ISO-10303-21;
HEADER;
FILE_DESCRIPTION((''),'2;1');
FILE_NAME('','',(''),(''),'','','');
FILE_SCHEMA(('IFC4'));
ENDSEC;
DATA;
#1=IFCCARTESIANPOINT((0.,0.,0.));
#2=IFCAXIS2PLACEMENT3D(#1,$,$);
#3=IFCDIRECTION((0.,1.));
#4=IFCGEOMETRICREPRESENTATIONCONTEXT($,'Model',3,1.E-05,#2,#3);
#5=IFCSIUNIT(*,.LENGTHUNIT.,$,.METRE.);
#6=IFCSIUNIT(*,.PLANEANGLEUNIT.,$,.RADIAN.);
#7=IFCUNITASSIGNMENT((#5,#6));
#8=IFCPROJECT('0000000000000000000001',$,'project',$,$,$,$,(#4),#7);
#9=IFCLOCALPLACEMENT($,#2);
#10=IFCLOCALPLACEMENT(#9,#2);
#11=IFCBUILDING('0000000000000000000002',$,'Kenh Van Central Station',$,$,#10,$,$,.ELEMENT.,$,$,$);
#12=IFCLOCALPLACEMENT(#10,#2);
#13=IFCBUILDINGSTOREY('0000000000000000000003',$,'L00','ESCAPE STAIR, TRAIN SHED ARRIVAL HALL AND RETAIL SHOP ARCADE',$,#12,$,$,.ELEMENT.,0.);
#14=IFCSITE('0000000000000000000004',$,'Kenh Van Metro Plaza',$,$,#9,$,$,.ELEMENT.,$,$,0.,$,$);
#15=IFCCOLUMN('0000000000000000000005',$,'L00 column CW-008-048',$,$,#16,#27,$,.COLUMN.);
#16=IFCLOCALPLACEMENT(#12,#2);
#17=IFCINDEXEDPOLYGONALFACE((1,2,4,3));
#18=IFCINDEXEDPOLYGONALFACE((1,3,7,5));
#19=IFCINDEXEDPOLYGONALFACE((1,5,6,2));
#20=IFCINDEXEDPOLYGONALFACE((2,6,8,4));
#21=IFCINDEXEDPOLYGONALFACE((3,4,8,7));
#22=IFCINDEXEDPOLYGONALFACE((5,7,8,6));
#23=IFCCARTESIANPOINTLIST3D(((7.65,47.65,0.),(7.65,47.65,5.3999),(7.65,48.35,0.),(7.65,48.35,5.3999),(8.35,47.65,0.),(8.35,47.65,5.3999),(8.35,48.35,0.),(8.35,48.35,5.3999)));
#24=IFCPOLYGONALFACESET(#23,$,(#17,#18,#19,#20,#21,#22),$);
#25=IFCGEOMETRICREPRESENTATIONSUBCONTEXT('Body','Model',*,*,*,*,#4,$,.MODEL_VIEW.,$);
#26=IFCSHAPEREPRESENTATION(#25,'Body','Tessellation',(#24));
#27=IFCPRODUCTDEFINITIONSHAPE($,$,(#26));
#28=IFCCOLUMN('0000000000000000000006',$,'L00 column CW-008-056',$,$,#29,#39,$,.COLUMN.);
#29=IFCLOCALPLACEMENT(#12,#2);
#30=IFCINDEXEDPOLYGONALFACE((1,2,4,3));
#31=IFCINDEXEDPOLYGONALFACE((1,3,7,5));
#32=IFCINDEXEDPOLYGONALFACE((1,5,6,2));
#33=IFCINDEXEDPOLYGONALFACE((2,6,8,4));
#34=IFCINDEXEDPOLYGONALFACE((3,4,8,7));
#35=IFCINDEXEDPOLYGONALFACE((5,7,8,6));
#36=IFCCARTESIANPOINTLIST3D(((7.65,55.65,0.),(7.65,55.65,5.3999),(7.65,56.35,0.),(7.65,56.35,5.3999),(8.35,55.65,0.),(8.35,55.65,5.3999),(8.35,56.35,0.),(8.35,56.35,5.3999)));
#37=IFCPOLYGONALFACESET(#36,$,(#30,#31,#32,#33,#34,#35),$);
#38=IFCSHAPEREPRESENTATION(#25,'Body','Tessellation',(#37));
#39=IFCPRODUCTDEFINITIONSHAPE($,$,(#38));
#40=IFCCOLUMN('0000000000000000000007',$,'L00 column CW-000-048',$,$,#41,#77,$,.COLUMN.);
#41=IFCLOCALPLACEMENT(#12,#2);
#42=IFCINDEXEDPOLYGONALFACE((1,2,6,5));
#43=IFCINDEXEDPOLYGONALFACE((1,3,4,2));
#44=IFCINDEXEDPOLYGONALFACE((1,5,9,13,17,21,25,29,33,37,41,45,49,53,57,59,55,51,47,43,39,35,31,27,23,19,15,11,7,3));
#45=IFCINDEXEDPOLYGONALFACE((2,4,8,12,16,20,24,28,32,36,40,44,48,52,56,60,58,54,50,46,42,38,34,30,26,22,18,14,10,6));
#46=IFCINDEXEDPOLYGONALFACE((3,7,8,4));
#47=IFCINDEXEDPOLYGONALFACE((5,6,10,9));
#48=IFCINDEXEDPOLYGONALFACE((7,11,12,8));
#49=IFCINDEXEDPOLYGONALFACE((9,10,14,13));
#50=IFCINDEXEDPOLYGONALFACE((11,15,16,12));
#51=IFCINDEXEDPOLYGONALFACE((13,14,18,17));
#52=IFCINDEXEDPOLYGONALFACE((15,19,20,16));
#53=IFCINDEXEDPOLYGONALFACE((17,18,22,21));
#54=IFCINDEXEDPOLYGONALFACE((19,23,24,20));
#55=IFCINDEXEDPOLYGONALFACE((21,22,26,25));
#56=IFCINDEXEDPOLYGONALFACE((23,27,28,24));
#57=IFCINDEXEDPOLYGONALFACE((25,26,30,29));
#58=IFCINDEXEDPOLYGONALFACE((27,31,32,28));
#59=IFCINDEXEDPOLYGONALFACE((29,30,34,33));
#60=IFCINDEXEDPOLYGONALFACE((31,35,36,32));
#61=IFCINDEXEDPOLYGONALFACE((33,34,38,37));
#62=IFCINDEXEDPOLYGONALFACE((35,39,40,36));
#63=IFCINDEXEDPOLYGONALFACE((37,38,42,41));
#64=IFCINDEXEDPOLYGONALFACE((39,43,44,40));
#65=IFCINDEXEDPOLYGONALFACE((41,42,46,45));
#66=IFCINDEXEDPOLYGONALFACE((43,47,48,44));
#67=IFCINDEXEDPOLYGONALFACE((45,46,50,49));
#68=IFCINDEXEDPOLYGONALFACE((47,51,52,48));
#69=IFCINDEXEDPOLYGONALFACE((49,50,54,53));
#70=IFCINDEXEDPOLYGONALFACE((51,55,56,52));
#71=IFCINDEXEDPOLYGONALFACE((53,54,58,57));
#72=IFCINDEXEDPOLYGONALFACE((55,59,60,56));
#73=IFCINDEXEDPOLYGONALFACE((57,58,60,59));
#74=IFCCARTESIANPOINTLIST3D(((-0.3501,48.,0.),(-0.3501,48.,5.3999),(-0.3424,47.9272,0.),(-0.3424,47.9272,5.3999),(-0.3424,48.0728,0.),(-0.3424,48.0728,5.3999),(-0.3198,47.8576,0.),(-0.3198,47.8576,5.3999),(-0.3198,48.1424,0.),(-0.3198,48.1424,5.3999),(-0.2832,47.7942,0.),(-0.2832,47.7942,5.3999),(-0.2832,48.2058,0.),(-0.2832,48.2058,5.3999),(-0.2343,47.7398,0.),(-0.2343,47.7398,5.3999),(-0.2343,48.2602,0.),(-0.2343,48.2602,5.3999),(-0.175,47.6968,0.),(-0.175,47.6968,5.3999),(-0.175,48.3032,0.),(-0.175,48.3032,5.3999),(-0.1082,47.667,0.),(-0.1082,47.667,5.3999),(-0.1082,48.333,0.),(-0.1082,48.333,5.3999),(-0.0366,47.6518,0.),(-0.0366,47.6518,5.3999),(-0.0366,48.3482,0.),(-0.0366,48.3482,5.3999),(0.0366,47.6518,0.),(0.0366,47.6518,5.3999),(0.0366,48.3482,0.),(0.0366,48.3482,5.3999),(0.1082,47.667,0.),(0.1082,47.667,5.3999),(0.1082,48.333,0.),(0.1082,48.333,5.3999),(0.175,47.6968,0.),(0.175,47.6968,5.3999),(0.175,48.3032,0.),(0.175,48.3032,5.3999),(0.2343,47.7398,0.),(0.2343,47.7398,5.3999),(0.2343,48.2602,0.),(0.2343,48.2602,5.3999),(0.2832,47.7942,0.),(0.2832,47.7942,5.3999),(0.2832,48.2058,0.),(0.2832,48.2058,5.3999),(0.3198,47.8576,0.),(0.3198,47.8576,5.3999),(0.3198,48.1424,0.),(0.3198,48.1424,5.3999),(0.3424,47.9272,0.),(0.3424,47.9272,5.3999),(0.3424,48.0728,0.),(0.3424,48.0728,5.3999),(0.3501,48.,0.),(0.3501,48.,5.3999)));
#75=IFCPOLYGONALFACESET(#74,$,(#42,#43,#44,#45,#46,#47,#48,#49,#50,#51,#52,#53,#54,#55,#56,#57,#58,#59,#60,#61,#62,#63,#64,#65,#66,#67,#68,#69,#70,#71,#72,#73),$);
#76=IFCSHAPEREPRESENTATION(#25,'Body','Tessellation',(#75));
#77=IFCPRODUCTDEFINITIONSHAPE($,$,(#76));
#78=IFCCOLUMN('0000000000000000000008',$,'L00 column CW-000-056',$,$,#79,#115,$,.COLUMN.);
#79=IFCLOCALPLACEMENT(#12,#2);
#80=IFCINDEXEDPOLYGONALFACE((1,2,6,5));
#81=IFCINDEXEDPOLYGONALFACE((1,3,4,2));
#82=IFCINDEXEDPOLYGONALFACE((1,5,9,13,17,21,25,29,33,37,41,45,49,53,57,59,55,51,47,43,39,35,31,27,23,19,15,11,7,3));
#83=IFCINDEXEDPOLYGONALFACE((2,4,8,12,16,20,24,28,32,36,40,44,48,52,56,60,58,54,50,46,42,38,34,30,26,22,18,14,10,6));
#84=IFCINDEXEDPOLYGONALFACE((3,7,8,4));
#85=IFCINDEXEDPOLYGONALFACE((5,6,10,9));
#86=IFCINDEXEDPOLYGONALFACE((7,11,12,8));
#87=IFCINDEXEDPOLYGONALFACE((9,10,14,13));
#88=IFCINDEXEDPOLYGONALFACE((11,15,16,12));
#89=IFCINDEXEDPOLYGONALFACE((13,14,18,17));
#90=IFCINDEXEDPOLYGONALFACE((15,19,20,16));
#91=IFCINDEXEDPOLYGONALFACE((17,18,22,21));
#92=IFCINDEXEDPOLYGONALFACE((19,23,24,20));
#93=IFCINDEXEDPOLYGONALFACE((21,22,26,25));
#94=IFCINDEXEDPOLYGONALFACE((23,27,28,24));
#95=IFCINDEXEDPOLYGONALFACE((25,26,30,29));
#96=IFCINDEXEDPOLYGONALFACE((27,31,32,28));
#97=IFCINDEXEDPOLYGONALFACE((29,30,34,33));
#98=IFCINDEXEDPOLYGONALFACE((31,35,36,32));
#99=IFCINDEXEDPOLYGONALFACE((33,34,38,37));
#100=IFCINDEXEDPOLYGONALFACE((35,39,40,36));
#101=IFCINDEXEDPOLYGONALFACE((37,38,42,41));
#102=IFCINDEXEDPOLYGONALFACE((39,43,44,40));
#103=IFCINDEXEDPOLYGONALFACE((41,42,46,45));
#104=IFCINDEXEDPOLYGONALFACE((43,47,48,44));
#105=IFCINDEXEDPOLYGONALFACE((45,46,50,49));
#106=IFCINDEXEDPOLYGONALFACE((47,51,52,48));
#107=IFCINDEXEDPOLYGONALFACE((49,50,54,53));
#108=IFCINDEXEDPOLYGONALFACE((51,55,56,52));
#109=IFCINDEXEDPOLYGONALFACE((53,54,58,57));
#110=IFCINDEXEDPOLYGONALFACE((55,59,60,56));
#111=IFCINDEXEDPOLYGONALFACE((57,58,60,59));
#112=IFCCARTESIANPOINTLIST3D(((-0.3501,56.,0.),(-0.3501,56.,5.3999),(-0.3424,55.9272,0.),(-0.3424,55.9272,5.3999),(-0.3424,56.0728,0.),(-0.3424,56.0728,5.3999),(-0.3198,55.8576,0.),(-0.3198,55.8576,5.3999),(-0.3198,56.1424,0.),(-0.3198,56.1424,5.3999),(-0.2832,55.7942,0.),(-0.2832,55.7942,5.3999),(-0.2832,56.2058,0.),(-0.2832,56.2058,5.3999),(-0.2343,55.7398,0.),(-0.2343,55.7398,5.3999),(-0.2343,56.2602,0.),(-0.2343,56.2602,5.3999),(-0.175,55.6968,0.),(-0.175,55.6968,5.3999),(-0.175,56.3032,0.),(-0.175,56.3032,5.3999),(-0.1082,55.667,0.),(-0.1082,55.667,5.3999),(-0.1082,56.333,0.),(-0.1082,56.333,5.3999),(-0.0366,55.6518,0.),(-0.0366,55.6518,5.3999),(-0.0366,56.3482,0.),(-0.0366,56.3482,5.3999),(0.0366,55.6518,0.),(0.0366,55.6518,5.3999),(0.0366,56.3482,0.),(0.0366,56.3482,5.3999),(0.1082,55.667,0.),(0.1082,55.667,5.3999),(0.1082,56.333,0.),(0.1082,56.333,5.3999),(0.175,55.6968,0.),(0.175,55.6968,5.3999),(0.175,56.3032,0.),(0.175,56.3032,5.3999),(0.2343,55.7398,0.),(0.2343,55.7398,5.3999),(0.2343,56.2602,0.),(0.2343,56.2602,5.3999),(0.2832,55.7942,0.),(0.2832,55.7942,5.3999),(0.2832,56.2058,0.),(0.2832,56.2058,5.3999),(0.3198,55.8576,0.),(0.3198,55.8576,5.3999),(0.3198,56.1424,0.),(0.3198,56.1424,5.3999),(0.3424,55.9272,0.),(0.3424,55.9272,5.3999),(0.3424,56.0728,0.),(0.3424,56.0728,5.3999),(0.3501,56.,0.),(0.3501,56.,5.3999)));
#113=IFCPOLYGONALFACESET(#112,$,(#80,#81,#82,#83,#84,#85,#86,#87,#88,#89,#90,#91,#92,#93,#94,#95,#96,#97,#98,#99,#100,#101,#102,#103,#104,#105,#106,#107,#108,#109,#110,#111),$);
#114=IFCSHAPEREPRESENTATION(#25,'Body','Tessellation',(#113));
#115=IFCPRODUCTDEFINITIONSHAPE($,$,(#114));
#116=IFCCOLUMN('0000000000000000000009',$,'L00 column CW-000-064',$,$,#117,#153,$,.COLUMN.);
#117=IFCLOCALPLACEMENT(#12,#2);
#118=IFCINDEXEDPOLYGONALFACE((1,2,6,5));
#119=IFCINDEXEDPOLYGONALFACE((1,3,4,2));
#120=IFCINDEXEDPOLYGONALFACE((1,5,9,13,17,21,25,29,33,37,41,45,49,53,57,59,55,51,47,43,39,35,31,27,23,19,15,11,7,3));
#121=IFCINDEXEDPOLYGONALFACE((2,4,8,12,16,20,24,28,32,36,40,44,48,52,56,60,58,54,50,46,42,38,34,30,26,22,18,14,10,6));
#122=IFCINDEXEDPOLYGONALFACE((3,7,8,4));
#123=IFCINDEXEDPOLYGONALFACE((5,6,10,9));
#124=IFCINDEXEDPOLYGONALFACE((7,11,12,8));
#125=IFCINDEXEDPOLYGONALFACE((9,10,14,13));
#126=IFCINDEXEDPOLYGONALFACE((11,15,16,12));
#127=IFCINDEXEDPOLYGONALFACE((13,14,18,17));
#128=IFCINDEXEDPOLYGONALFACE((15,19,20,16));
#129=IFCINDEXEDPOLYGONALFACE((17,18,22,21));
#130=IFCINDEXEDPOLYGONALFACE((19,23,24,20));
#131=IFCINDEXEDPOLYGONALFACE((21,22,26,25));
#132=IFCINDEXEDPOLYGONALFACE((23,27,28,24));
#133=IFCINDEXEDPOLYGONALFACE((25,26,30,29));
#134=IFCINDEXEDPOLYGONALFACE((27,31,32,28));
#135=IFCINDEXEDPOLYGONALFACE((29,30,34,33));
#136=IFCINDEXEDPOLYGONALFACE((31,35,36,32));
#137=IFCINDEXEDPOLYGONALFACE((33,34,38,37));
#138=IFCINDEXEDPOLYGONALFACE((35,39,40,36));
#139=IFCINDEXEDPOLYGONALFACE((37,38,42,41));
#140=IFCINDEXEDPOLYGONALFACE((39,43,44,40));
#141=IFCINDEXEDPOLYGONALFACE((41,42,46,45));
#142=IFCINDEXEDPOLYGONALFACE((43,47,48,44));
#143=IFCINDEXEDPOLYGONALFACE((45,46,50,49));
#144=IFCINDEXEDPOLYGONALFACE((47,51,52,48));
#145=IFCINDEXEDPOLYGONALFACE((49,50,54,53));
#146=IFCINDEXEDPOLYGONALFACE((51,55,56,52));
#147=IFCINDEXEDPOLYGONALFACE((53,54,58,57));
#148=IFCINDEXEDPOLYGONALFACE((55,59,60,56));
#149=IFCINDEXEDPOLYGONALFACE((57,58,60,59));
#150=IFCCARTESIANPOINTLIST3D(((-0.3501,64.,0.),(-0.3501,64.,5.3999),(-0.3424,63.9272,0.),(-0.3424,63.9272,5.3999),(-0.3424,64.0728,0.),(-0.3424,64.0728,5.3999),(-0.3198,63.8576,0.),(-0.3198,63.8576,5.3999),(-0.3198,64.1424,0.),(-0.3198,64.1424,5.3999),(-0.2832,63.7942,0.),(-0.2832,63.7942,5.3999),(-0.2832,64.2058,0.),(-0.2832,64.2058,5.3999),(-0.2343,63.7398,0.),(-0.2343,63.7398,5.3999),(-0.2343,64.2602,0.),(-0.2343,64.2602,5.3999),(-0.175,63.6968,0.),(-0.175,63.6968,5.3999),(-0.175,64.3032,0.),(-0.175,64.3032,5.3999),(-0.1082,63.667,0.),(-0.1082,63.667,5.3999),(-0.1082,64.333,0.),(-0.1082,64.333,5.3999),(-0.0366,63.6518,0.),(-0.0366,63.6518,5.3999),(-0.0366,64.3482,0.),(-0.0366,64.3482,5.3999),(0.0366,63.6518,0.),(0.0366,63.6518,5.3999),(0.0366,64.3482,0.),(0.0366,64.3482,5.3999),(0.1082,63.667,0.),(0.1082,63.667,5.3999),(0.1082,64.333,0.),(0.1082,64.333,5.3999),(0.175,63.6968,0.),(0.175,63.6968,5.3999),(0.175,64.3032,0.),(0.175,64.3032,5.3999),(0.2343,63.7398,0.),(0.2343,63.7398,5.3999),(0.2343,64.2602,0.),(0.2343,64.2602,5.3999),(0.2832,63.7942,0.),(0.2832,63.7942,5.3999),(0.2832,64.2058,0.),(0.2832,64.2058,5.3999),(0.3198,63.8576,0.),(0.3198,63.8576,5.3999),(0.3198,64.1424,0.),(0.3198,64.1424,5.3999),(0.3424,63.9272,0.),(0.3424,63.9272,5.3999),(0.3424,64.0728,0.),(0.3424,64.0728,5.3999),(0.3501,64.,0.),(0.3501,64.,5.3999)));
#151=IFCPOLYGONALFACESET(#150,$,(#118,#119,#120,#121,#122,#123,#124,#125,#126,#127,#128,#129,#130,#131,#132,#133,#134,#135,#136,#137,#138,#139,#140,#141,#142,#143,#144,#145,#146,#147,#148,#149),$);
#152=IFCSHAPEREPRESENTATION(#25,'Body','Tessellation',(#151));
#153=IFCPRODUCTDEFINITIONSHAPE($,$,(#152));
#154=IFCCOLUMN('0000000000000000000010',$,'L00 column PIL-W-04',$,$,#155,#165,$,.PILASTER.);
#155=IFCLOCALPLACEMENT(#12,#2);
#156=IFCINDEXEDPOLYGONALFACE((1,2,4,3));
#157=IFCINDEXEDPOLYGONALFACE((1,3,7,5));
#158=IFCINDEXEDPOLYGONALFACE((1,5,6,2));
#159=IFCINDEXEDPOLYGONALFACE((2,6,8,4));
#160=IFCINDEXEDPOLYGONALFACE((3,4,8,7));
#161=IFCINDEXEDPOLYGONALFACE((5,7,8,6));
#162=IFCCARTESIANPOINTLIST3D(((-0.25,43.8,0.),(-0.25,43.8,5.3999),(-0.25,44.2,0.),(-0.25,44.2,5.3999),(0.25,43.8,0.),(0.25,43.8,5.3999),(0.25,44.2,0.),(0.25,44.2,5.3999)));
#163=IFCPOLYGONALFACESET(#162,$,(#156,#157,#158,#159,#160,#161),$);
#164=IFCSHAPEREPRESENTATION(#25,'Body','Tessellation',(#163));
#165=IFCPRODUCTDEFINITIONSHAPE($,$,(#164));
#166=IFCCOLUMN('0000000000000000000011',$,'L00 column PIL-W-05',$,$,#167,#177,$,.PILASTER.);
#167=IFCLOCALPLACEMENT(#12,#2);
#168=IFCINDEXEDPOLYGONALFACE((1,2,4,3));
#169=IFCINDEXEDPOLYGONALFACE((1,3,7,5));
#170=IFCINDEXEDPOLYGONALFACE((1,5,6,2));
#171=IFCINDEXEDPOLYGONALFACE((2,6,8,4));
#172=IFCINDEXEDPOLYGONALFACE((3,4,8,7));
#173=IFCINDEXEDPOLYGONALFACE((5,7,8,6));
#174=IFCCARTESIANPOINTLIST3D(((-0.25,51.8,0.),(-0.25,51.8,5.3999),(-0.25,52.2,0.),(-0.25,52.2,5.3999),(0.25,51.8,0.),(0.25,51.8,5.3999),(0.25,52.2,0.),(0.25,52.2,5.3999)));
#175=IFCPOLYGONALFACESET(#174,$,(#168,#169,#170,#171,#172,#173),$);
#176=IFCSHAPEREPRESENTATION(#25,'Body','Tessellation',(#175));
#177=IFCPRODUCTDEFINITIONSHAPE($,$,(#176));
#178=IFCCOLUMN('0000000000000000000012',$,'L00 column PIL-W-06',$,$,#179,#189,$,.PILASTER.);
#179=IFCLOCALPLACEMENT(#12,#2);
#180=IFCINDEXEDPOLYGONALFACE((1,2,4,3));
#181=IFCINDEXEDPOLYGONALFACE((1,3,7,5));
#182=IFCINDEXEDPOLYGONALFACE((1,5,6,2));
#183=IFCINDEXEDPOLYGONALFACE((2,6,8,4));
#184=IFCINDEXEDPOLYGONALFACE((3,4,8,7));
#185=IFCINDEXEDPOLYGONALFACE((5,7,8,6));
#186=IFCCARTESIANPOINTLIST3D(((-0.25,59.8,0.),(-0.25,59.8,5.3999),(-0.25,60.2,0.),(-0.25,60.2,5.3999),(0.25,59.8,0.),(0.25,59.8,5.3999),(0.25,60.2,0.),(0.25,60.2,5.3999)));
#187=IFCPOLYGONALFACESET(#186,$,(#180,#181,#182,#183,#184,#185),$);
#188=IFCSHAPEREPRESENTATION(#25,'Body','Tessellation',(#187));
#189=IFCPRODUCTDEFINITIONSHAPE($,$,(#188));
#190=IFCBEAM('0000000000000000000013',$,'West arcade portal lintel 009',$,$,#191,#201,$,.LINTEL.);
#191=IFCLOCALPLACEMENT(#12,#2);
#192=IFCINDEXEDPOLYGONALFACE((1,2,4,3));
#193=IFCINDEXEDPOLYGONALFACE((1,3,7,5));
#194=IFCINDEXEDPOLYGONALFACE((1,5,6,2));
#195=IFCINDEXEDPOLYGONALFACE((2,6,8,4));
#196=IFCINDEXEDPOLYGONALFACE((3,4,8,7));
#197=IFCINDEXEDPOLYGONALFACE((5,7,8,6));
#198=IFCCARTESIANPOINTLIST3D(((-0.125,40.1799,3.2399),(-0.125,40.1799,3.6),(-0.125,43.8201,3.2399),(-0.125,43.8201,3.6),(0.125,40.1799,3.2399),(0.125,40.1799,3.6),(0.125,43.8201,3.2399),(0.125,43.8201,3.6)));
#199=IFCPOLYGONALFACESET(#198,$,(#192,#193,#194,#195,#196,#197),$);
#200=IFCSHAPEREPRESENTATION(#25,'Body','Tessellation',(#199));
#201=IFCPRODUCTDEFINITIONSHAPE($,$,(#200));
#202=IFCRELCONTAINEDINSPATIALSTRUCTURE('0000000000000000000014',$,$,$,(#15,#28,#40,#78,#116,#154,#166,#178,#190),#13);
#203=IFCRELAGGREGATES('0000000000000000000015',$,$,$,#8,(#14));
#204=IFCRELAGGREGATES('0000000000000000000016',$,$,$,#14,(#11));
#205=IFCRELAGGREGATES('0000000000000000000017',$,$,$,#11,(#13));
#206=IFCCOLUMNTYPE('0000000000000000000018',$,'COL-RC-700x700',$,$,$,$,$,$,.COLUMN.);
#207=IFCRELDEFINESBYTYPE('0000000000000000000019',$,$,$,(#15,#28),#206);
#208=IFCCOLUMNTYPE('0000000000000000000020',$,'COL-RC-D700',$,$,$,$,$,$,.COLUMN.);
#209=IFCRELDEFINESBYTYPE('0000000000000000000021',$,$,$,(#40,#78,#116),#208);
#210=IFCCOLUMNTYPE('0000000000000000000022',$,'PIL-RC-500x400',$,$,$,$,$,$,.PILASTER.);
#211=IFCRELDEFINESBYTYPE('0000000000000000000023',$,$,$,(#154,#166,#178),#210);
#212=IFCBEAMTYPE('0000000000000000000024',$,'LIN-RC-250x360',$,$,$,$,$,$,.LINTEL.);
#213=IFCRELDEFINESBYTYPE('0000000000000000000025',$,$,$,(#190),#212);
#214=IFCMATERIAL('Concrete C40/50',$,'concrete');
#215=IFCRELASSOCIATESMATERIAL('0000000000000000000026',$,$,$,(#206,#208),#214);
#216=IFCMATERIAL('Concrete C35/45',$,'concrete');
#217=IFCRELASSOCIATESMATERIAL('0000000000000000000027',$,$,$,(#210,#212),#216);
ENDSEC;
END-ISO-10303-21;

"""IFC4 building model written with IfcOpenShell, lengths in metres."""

from ifc_helpers import new_model, si_unit, direction, frame, origin, origin_2d, place, context, subcontext, project, spatial, rectangle, circle, extrude, material, material_profile, profile_set, type_object, element, save


model = new_model("IFC4")

# Units and contexts
model_context = context("Model", 3, precision=1e-05, world=origin(), true_north=direction((0.0, 1.0)))
body_context = subcontext(model_context, "Body", "Model", "MODEL_VIEW")
ifc_project = project(units=[si_unit("LENGTHUNIT", "METRE"), si_unit("PLANEANGLEUNIT", "RADIAN")], contexts=[model_context])

# Site, building, storey
site_placement = place(None, origin())
site = spatial("IfcSite", under=ifc_project, at=site_placement, Name="Kenh Van Metro Plaza", CompositionType="ELEMENT", RefElevation=0.0)
building_placement = place(site_placement, origin())
building = spatial("IfcBuilding", under=site, at=building_placement, Name="Kenh Van Central Station", CompositionType="ELEMENT")
storey_placement = place(building_placement, origin())
storey = spatial("IfcBuildingStorey", under=building, at=storey_placement, Name="L00", Description="ESCAPE STAIR, TRAIN SHED ARRIVAL HALL AND RETAIL SHOP ARCADE", CompositionType="ELEMENT", Elevation=0.0)

# Columns
ifc_material_1 = material(Name="Concrete C40/50", Category="concrete")
ifc_material_profile_1 = material_profile(ifc_material_1, rectangle(XDim=0.7, YDim=0.7, at=origin_2d()), Name="RC 700x700")
ifc_profile_set_1 = profile_set([ifc_material_profile_1], Name="Concrete C40/50")
column_type_1 = type_object("IfcColumnType", Name="COL-RC-700x700", PredefinedType="COLUMN", material=ifc_profile_set_1)
for number, where, z_axis, x_axis, name in (
    (1, (8.0, 48.0, 0.0), (0.0, 0.0, 1.0), (1.0, 0.0, 0.0), "L00 column CW-008-048"),
    (2, (8.0, 56.0, 0.0), (0.0, 0.0, 1.0), (1.0, 0.0, 0.0), "L00 column CW-008-056"),
):
    element("IfcColumn", number, at=place(storey_placement, frame(where, z_axis=z_axis, x_axis=x_axis)), inside=storey, type_object=column_type_1, Name=name, PredefinedType="COLUMN", context=body_context, shape_type="SweptSolid", body=[
        extrude(rectangle(XDim=0.7, YDim=0.7, at=origin_2d()), origin(), (0.0, 0.0, 1.0), 5.3999),
    ])
ifc_material_profile_2 = material_profile(ifc_material_1, circle(Radius=0.3501, at=origin_2d()), Name="RC D700")
ifc_profile_set_2 = profile_set([ifc_material_profile_2], Name="Concrete C40/50")
column_type_2 = type_object("IfcColumnType", Name="COL-RC-D700", PredefinedType="COLUMN", material=ifc_profile_set_2)
for number, where, z_axis, x_axis, name in (
    (3, (0.0, 48.0, 0.0), (0.0, 0.0, 1.0), (1.0, 0.0, 0.0), "L00 column CW-000-048"),
    (4, (0.0, 56.0, 0.0), (0.0, 0.0, 1.0), (1.0, 0.0, 0.0), "L00 column CW-000-056"),
    (5, (0.0, 64.0, 0.0), (0.0, 0.0, 1.0), (1.0, 0.0, 0.0), "L00 column CW-000-064"),
):
    element("IfcColumn", number, at=place(storey_placement, frame(where, z_axis=z_axis, x_axis=x_axis)), inside=storey, type_object=column_type_2, Name=name, PredefinedType="COLUMN", context=body_context, shape_type="SweptSolid", body=[
        extrude(circle(Radius=0.3501, at=origin_2d()), origin(), (0.0, 0.0, 1.0), 5.3999),
    ])
ifc_material_2 = material(Name="Concrete C35/45", Category="concrete")
ifc_material_profile_3 = material_profile(ifc_material_2, rectangle(XDim=0.5, YDim=0.3999, at=origin_2d()), Name="RC 500x400")
ifc_profile_set_3 = profile_set([ifc_material_profile_3], Name="Concrete C35/45")
column_type_3 = type_object("IfcColumnType", Name="PIL-RC-500x400", PredefinedType="PILASTER", material=ifc_profile_set_3)
for number, where, z_axis, x_axis, name in (
    (6, (0.0, 44.0, 0.0), (0.0, 0.0, 1.0), (1.0, 0.0, 0.0), "L00 column PIL-W-04"),
    (7, (0.0, 52.0, 0.0), (0.0, 0.0, 1.0), (1.0, 0.0, 0.0), "L00 column PIL-W-05"),
    (8, (0.0, 60.0, 0.0), (0.0, 0.0, 1.0), (1.0, 0.0, 0.0), "L00 column PIL-W-06"),
):
    element("IfcColumn", number, at=place(storey_placement, frame(where, z_axis=z_axis, x_axis=x_axis)), inside=storey, type_object=column_type_3, Name=name, PredefinedType="PILASTER", context=body_context, shape_type="SweptSolid", body=[
        extrude(rectangle(XDim=0.5, YDim=0.3999, at=origin_2d()), origin(), (0.0, 0.0, 1.0), 5.3999),
    ])

# Beam
ifc_material_profile_4 = material_profile(ifc_material_2, rectangle(XDim=0.25, YDim=0.3601, at=origin_2d()), Name="RC 250x360")
ifc_profile_set_4 = profile_set([ifc_material_profile_4], Name="Concrete C35/45")
beam_type_1 = type_object("IfcBeamType", Name="LIN-RC-250x360", PredefinedType="LINTEL", material=ifc_profile_set_4)
for number, where, z_axis, x_axis, name in (
    (9, (0.0, 40.1799, 3.4199), (0.0, 1.0, 0.0), (-1.0, 0.0, 0.0), "West arcade portal lintel 009"),
):
    element("IfcBeam", number, at=place(storey_placement, frame(where, z_axis=z_axis, x_axis=x_axis)), inside=storey, type_object=beam_type_1, Name=name, PredefinedType="LINTEL", context=body_context, shape_type="SweptSolid", body=[
        extrude(rectangle(XDim=0.25, YDim=0.3601, at=origin_2d()), origin(), (0.0, 0.0, 1.0), 3.6401),
    ])

save(model, "model.ifc")
